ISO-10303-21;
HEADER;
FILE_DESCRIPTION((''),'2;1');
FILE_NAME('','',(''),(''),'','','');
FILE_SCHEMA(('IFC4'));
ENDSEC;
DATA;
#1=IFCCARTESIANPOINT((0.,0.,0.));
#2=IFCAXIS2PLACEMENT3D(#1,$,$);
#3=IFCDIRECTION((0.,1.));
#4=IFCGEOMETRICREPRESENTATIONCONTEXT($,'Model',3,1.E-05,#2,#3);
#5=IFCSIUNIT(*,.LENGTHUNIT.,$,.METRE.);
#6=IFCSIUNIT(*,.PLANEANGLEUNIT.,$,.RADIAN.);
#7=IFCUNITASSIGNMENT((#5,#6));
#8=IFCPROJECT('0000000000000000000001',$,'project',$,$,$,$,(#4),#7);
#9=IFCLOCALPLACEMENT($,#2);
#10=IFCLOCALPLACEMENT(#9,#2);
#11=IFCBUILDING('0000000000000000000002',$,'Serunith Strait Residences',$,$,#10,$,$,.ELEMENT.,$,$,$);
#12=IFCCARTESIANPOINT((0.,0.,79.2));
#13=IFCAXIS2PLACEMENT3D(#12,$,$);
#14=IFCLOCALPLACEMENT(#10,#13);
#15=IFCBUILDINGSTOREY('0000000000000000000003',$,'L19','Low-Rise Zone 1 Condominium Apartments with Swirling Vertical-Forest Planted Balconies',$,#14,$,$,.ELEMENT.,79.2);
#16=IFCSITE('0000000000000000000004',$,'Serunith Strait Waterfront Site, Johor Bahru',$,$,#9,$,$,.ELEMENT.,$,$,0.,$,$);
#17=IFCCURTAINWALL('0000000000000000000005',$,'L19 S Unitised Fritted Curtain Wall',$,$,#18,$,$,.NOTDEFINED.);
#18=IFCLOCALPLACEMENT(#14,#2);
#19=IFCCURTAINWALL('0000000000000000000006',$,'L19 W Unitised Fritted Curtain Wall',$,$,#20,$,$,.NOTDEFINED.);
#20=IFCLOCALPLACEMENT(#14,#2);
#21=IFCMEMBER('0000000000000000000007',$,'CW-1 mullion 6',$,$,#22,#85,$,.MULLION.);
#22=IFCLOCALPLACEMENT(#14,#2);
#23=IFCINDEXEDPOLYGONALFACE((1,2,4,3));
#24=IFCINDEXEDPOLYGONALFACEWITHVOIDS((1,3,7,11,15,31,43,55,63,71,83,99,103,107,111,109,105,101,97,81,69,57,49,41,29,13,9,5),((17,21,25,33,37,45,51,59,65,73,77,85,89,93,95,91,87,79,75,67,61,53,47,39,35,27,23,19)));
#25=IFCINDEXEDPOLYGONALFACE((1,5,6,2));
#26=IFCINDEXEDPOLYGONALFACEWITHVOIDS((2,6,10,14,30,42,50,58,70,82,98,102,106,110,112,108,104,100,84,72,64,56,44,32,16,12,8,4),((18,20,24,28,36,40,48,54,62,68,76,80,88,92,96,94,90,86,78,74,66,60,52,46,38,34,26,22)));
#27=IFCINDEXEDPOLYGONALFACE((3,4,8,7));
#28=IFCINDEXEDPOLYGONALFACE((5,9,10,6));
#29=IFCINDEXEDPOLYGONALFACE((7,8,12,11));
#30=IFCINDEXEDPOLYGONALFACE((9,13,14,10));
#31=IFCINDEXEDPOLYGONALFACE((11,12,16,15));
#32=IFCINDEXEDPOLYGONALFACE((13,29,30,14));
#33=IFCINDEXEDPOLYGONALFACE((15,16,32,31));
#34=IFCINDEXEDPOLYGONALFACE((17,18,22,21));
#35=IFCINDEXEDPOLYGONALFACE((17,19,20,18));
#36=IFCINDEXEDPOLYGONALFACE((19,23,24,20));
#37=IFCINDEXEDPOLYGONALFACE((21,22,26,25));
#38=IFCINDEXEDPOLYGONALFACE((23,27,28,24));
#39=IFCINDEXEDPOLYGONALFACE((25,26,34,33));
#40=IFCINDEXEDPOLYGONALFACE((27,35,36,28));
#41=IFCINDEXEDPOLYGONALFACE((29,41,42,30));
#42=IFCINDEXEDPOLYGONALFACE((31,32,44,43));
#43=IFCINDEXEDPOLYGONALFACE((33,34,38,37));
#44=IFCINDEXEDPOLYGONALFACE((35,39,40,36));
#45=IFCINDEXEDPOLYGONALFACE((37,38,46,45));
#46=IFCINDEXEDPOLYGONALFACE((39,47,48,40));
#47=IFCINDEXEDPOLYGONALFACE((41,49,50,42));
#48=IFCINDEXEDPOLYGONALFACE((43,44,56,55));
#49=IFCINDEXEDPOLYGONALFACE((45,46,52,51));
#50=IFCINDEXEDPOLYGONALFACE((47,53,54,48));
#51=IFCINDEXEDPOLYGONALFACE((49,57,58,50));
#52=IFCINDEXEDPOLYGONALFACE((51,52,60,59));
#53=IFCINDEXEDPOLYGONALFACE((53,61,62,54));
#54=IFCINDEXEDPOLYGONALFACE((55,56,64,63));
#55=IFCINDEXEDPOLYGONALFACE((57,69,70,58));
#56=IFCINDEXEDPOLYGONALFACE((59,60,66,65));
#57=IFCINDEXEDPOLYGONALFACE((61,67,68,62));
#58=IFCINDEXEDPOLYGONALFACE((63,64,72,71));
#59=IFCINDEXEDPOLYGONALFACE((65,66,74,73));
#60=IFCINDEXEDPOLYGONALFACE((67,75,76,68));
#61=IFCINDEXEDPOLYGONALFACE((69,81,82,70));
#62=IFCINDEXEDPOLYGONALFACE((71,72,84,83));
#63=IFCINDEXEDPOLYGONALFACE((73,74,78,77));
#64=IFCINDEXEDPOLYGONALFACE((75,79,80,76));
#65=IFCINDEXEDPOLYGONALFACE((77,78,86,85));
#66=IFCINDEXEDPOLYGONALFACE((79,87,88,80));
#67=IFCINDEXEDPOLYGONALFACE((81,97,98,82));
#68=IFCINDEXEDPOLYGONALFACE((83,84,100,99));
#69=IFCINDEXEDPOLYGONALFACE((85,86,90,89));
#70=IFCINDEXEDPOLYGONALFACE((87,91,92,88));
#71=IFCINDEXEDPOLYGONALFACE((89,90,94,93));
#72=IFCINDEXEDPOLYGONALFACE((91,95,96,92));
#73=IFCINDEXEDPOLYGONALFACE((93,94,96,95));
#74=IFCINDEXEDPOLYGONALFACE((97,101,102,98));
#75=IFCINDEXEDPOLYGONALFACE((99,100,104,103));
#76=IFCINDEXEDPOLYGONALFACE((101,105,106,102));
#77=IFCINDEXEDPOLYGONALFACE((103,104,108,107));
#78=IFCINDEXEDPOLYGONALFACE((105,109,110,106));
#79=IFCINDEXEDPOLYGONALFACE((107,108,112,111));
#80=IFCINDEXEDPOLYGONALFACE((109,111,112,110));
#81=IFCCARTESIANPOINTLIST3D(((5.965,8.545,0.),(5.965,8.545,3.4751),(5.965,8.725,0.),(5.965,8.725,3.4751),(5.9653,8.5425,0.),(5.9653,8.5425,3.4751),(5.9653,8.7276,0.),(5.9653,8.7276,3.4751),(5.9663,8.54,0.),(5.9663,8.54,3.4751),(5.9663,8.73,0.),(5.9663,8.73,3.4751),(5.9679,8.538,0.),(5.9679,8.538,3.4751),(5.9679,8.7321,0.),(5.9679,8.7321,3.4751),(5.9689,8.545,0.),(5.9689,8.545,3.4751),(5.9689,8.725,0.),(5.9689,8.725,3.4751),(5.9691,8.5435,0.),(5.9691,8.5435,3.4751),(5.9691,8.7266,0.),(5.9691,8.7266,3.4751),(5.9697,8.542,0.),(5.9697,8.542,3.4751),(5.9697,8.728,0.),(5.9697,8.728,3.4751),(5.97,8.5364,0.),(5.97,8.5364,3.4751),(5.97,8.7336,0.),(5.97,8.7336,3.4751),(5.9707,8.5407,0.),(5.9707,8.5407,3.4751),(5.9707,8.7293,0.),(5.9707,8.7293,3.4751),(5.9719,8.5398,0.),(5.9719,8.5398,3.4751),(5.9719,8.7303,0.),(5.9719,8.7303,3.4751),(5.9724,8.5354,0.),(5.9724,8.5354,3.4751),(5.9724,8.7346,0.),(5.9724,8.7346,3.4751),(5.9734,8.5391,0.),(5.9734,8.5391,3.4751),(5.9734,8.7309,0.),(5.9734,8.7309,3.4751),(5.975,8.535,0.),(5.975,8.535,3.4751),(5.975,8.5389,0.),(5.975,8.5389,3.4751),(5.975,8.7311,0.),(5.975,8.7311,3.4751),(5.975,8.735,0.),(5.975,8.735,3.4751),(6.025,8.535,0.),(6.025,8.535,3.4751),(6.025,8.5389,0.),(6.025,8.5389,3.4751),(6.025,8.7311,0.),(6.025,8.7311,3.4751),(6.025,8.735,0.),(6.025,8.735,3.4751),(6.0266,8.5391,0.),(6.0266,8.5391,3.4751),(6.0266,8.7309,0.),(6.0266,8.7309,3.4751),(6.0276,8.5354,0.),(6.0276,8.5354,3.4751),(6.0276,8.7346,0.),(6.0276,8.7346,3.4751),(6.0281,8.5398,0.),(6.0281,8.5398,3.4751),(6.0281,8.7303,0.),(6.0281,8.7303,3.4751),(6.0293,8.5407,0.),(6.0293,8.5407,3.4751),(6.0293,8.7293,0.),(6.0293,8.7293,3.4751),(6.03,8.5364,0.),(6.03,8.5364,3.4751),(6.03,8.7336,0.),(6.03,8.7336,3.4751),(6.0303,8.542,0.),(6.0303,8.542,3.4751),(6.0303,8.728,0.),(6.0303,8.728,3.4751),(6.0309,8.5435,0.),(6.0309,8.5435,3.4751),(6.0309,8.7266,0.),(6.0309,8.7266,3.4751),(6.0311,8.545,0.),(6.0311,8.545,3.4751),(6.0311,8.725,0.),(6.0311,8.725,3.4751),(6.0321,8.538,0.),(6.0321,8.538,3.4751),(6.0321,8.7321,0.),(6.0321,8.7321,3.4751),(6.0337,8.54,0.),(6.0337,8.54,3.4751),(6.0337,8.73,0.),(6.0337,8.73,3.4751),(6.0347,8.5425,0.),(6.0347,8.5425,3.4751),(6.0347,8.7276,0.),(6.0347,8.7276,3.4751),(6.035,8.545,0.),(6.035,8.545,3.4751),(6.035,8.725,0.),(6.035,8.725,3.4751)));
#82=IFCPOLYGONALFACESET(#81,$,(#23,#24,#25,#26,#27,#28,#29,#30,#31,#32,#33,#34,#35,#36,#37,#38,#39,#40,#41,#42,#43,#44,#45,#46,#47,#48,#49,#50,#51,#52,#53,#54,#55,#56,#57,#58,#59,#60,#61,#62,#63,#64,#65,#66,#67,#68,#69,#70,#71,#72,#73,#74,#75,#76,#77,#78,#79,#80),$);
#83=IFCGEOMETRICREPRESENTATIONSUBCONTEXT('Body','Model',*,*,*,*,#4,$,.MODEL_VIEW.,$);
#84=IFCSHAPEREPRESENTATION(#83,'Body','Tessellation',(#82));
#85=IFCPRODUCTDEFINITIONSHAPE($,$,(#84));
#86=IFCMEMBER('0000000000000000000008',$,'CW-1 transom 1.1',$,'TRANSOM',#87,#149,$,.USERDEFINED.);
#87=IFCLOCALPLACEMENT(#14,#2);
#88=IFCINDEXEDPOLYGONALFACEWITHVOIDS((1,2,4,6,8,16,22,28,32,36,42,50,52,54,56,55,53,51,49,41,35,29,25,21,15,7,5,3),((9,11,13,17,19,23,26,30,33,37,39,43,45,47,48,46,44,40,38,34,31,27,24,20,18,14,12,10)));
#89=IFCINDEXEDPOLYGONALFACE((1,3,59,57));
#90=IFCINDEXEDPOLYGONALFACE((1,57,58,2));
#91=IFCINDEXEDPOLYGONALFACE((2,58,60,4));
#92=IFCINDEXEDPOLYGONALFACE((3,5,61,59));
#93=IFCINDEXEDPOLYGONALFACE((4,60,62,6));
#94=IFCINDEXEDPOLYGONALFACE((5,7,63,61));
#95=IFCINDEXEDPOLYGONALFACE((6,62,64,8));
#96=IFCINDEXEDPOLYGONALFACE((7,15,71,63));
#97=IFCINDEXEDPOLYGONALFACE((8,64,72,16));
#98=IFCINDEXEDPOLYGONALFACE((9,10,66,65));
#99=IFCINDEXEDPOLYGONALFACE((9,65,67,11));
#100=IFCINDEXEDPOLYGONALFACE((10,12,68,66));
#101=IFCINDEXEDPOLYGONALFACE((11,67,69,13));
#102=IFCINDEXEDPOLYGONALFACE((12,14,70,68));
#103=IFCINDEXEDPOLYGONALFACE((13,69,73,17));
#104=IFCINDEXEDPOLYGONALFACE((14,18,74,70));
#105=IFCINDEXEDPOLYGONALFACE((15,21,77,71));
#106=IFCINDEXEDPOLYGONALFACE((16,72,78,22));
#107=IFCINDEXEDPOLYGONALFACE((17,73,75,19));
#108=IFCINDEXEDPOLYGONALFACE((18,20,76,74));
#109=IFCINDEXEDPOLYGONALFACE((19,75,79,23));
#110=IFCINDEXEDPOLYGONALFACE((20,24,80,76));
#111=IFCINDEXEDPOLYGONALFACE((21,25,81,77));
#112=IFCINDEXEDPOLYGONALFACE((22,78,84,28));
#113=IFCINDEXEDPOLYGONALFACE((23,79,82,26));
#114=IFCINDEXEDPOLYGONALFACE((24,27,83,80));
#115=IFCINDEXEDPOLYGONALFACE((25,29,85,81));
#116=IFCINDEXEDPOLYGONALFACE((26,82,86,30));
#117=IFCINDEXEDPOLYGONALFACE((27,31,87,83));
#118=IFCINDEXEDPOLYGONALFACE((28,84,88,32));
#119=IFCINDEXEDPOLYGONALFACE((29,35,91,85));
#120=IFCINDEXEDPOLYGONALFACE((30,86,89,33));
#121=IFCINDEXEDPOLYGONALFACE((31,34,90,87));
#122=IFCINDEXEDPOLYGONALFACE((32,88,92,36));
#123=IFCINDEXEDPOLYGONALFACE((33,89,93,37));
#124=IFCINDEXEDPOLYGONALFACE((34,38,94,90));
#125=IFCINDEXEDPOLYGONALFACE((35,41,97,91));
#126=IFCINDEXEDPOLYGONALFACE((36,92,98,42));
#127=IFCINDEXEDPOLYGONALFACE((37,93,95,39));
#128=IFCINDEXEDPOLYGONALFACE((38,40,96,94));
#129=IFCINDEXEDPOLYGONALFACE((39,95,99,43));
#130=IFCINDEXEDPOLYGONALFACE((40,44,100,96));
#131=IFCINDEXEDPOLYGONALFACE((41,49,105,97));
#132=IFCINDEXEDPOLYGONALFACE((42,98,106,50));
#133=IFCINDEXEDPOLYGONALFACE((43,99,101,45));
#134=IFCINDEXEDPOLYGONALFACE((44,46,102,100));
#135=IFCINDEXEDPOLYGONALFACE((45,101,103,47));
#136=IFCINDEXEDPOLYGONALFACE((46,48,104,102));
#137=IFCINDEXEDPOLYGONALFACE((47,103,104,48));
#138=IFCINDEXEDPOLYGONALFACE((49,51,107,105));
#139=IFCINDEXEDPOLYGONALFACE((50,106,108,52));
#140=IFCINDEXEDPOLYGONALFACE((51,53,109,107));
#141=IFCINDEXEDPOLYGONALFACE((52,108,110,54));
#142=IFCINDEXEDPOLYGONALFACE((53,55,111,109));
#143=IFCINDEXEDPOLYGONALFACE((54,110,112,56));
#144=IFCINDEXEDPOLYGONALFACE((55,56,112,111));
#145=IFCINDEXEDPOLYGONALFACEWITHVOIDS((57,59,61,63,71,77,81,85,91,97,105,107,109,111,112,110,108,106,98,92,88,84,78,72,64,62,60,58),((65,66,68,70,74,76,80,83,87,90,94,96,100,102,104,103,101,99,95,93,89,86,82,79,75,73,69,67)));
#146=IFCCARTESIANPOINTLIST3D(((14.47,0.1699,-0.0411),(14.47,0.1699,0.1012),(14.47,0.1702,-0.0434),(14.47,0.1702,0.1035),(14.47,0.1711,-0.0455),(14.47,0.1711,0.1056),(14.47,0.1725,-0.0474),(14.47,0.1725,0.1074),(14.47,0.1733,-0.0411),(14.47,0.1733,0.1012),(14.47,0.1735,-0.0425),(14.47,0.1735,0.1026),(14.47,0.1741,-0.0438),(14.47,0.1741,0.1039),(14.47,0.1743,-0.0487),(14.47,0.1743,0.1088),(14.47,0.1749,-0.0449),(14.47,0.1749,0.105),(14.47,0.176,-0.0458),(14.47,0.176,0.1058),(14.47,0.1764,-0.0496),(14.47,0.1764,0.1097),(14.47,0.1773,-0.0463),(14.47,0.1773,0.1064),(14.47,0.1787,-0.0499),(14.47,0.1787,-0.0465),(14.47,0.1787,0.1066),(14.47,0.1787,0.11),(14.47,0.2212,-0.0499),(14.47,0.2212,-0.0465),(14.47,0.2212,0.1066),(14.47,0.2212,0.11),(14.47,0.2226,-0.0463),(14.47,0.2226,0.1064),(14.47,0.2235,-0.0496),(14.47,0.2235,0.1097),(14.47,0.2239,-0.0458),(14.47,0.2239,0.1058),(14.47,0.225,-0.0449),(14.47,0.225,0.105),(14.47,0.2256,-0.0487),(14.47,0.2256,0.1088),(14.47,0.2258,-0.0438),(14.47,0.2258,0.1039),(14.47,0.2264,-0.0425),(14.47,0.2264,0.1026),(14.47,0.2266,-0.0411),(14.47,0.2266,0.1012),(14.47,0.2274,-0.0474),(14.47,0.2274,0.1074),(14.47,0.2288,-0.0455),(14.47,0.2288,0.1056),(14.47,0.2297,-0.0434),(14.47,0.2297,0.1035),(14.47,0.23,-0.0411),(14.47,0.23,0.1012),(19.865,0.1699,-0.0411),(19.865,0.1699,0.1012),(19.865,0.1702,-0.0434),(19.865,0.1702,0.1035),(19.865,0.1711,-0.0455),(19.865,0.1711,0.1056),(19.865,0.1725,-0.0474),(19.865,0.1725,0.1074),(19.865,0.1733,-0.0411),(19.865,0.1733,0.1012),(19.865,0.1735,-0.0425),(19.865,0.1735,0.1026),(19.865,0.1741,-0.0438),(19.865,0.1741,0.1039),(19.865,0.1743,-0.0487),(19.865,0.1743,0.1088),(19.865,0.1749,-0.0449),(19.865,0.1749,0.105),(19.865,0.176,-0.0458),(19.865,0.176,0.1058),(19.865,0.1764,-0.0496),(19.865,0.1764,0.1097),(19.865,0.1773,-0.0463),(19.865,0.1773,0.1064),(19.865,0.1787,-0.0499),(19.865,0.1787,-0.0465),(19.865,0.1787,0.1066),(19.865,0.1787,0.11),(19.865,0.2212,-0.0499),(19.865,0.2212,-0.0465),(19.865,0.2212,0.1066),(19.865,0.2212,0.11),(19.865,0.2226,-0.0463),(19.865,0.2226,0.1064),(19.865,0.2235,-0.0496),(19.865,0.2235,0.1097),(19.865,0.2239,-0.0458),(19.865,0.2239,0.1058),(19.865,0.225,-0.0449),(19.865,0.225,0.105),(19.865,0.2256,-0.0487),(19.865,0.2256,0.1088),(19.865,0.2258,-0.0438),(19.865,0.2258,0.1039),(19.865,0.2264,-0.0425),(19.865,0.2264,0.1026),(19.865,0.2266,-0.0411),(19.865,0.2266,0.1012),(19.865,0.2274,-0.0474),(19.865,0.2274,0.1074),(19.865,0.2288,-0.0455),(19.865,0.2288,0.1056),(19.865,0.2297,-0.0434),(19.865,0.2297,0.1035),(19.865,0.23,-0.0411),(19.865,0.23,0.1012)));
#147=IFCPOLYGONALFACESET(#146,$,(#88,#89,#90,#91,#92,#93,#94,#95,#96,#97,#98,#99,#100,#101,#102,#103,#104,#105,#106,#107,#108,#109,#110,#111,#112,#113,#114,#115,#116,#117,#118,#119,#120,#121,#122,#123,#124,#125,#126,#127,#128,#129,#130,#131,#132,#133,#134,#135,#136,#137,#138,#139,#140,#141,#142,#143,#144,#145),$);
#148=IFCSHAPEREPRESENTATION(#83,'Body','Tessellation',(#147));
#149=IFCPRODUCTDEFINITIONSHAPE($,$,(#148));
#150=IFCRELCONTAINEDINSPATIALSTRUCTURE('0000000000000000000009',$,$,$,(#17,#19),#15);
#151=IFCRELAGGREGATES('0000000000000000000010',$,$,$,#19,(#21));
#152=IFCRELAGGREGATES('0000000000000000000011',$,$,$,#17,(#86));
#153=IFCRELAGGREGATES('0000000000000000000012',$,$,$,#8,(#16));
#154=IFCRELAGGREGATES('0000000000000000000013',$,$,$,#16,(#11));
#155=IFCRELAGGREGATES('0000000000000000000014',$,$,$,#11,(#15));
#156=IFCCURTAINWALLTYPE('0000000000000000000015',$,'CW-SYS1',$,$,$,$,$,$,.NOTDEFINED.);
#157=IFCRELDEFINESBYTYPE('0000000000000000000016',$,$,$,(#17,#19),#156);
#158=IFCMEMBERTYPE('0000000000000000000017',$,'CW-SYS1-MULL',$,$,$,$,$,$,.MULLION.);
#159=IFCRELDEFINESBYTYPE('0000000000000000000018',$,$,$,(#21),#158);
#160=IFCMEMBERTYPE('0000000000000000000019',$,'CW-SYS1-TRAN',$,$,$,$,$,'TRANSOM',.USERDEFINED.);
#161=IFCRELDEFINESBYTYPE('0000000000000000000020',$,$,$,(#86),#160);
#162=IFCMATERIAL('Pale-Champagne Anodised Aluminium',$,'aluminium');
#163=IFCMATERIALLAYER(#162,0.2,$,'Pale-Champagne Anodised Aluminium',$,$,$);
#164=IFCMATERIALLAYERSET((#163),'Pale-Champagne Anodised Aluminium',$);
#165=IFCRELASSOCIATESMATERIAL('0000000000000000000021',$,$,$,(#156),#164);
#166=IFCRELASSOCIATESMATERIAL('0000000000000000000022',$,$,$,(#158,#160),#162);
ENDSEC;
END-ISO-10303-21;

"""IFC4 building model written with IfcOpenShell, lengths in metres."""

from ifc_helpers import new_model, si_unit, direction, frame, origin, origin_2d, place, context, subcontext, project, spatial, hollow_rectangle, extrude, source, transform, mapped, material, layer, layer_set, material_profile, profile_set, type_object, element, aggregate, save


model = new_model("IFC4")

# Units and contexts
model_context = context("Model", 3, precision=1e-05, world=origin(), true_north=direction((0.0, 1.0)))
body_context = subcontext(model_context, "Body", "Model", "MODEL_VIEW")
ifc_project = project(units=[si_unit("LENGTHUNIT", "METRE"), si_unit("PLANEANGLEUNIT", "RADIAN")], contexts=[model_context])

# Site, building, storey
site_placement = place(None, origin())
site = spatial("IfcSite", under=ifc_project, at=site_placement, Name="Serunith Strait Waterfront Site, Johor Bahru", CompositionType="ELEMENT", RefElevation=0.0)
building_placement = place(site_placement, origin())
building = spatial("IfcBuilding", under=site, at=building_placement, Name="Serunith Strait Residences", CompositionType="ELEMENT")
storey_placement = place(building_placement, frame((0.0, 0.0, 79.2)))
storey = spatial("IfcBuildingStorey", under=building, at=storey_placement, Name="L19", Description="Low-Rise Zone 1 Condominium Apartments with Swirling Vertical-Forest Planted Balconies", CompositionType="ELEMENT", Elevation=79.2)

# Curtain walls, member
ifc_material_1 = material(Name="Pale-Champagne Anodised Aluminium", Category="aluminium")
ifc_layer_1 = layer(ifc_material_1, 0.2, Name="Pale-Champagne Anodised Aluminium")
ifc_layer_set_1 = layer_set([ifc_layer_1], Name="Pale-Champagne Anodised Aluminium")
curtain_wall_type = type_object("IfcCurtainWallType", Name="CW-SYS1", PredefinedType="NOTDEFINED", material=ifc_layer_set_1)
curtain_wall_1_placement = place(storey_placement, origin())
curtain_wall_1 = element("IfcCurtainWall", 1, at=curtain_wall_1_placement, inside=storey, type_object=curtain_wall_type, Name="L19 S Unitised Fritted Curtain Wall", PredefinedType="NOTDEFINED")
ifc_material_profile_1 = material_profile(ifc_material_1, hollow_rectangle(XDim=0.0701, YDim=0.2, WallThickness=0.0039, InnerFilletRadius=0.0061, OuterFilletRadius=0.01, at=origin_2d()), Name="ALU 200x70x4")
ifc_profile_set_1 = profile_set([ifc_material_profile_1], Name="Pale-Champagne Anodised Aluminium")
member_type_1 = type_object("IfcMemberType", Name="CW-SYS1-MULL", PredefinedType="MULLION", material=ifc_profile_set_1)
shared_shape_1 = source(origin(), body_context, "Body", "SweptSolid", [
    extrude(hollow_rectangle(XDim=0.0701, YDim=0.2, WallThickness=0.0039, InnerFilletRadius=0.0061, OuterFilletRadius=0.01, at=origin_2d()), origin(), (0.0, 0.0, 1.0), 3.4751),
])
curtain_wall_2_placement = place(storey_placement, origin())
curtain_wall_2 = element("IfcCurtainWall", 2, at=curtain_wall_2_placement, inside=storey, type_object=curtain_wall_type, Name="L19 W Unitised Fritted Curtain Wall", PredefinedType="NOTDEFINED")
member_1_placement = place(storey_placement, frame((6.0, 8.635, 0.0), z_axis=(0.0, 0.0, 1.0), x_axis=(1.0, 0.0, 0.0)))
member_1 = element("IfcMember", 3, at=member_1_placement, type_object=member_type_1, Name="CW-1 mullion 6", PredefinedType="MULLION", context=body_context, shape_type="MappedRepresentation", body=[
    mapped(shared_shape_1, transform((0.0, 0.0, 0.0), scale=1.0)),
])
aggregate(curtain_wall_2, [member_1])

# Member
ifc_material_profile_2 = material_profile(ifc_material_1, hollow_rectangle(XDim=0.0601, YDim=0.1599, WallThickness=0.0034, InnerFilletRadius=0.0054, OuterFilletRadius=0.0088, at=origin_2d()), Name="ALU 160x60x3.5")
ifc_profile_set_2 = profile_set([ifc_material_profile_2], Name="Pale-Champagne Anodised Aluminium")
member_type_2 = type_object("IfcMemberType", Name="CW-SYS1-TRAN", ElementType="TRANSOM", PredefinedType="USERDEFINED", material=ifc_profile_set_2)
shared_shape_2 = source(origin(), body_context, "Body", "SweptSolid", [
    extrude(hollow_rectangle(XDim=0.0601, YDim=0.1599, WallThickness=0.0034, InnerFilletRadius=0.0054, OuterFilletRadius=0.0088, at=origin_2d()), origin(), (0.0, 0.0, 1.0), 5.395),
])
member_2_placement = place(storey_placement, frame((14.47, 0.2, 0.03), z_axis=(1.0, 0.0, 0.0), x_axis=(0.0, 1.0, 0.0)))
member_2 = element("IfcMember", 4, at=member_2_placement, type_object=member_type_2, Name="CW-1 transom 1.1", ObjectType="TRANSOM", PredefinedType="USERDEFINED", context=body_context, shape_type="MappedRepresentation", body=[
    mapped(shared_shape_2, transform((0.0, 0.0, 0.0), scale=1.0)),
])
aggregate(curtain_wall_1, [member_2])

save(model, "model.ifc")
